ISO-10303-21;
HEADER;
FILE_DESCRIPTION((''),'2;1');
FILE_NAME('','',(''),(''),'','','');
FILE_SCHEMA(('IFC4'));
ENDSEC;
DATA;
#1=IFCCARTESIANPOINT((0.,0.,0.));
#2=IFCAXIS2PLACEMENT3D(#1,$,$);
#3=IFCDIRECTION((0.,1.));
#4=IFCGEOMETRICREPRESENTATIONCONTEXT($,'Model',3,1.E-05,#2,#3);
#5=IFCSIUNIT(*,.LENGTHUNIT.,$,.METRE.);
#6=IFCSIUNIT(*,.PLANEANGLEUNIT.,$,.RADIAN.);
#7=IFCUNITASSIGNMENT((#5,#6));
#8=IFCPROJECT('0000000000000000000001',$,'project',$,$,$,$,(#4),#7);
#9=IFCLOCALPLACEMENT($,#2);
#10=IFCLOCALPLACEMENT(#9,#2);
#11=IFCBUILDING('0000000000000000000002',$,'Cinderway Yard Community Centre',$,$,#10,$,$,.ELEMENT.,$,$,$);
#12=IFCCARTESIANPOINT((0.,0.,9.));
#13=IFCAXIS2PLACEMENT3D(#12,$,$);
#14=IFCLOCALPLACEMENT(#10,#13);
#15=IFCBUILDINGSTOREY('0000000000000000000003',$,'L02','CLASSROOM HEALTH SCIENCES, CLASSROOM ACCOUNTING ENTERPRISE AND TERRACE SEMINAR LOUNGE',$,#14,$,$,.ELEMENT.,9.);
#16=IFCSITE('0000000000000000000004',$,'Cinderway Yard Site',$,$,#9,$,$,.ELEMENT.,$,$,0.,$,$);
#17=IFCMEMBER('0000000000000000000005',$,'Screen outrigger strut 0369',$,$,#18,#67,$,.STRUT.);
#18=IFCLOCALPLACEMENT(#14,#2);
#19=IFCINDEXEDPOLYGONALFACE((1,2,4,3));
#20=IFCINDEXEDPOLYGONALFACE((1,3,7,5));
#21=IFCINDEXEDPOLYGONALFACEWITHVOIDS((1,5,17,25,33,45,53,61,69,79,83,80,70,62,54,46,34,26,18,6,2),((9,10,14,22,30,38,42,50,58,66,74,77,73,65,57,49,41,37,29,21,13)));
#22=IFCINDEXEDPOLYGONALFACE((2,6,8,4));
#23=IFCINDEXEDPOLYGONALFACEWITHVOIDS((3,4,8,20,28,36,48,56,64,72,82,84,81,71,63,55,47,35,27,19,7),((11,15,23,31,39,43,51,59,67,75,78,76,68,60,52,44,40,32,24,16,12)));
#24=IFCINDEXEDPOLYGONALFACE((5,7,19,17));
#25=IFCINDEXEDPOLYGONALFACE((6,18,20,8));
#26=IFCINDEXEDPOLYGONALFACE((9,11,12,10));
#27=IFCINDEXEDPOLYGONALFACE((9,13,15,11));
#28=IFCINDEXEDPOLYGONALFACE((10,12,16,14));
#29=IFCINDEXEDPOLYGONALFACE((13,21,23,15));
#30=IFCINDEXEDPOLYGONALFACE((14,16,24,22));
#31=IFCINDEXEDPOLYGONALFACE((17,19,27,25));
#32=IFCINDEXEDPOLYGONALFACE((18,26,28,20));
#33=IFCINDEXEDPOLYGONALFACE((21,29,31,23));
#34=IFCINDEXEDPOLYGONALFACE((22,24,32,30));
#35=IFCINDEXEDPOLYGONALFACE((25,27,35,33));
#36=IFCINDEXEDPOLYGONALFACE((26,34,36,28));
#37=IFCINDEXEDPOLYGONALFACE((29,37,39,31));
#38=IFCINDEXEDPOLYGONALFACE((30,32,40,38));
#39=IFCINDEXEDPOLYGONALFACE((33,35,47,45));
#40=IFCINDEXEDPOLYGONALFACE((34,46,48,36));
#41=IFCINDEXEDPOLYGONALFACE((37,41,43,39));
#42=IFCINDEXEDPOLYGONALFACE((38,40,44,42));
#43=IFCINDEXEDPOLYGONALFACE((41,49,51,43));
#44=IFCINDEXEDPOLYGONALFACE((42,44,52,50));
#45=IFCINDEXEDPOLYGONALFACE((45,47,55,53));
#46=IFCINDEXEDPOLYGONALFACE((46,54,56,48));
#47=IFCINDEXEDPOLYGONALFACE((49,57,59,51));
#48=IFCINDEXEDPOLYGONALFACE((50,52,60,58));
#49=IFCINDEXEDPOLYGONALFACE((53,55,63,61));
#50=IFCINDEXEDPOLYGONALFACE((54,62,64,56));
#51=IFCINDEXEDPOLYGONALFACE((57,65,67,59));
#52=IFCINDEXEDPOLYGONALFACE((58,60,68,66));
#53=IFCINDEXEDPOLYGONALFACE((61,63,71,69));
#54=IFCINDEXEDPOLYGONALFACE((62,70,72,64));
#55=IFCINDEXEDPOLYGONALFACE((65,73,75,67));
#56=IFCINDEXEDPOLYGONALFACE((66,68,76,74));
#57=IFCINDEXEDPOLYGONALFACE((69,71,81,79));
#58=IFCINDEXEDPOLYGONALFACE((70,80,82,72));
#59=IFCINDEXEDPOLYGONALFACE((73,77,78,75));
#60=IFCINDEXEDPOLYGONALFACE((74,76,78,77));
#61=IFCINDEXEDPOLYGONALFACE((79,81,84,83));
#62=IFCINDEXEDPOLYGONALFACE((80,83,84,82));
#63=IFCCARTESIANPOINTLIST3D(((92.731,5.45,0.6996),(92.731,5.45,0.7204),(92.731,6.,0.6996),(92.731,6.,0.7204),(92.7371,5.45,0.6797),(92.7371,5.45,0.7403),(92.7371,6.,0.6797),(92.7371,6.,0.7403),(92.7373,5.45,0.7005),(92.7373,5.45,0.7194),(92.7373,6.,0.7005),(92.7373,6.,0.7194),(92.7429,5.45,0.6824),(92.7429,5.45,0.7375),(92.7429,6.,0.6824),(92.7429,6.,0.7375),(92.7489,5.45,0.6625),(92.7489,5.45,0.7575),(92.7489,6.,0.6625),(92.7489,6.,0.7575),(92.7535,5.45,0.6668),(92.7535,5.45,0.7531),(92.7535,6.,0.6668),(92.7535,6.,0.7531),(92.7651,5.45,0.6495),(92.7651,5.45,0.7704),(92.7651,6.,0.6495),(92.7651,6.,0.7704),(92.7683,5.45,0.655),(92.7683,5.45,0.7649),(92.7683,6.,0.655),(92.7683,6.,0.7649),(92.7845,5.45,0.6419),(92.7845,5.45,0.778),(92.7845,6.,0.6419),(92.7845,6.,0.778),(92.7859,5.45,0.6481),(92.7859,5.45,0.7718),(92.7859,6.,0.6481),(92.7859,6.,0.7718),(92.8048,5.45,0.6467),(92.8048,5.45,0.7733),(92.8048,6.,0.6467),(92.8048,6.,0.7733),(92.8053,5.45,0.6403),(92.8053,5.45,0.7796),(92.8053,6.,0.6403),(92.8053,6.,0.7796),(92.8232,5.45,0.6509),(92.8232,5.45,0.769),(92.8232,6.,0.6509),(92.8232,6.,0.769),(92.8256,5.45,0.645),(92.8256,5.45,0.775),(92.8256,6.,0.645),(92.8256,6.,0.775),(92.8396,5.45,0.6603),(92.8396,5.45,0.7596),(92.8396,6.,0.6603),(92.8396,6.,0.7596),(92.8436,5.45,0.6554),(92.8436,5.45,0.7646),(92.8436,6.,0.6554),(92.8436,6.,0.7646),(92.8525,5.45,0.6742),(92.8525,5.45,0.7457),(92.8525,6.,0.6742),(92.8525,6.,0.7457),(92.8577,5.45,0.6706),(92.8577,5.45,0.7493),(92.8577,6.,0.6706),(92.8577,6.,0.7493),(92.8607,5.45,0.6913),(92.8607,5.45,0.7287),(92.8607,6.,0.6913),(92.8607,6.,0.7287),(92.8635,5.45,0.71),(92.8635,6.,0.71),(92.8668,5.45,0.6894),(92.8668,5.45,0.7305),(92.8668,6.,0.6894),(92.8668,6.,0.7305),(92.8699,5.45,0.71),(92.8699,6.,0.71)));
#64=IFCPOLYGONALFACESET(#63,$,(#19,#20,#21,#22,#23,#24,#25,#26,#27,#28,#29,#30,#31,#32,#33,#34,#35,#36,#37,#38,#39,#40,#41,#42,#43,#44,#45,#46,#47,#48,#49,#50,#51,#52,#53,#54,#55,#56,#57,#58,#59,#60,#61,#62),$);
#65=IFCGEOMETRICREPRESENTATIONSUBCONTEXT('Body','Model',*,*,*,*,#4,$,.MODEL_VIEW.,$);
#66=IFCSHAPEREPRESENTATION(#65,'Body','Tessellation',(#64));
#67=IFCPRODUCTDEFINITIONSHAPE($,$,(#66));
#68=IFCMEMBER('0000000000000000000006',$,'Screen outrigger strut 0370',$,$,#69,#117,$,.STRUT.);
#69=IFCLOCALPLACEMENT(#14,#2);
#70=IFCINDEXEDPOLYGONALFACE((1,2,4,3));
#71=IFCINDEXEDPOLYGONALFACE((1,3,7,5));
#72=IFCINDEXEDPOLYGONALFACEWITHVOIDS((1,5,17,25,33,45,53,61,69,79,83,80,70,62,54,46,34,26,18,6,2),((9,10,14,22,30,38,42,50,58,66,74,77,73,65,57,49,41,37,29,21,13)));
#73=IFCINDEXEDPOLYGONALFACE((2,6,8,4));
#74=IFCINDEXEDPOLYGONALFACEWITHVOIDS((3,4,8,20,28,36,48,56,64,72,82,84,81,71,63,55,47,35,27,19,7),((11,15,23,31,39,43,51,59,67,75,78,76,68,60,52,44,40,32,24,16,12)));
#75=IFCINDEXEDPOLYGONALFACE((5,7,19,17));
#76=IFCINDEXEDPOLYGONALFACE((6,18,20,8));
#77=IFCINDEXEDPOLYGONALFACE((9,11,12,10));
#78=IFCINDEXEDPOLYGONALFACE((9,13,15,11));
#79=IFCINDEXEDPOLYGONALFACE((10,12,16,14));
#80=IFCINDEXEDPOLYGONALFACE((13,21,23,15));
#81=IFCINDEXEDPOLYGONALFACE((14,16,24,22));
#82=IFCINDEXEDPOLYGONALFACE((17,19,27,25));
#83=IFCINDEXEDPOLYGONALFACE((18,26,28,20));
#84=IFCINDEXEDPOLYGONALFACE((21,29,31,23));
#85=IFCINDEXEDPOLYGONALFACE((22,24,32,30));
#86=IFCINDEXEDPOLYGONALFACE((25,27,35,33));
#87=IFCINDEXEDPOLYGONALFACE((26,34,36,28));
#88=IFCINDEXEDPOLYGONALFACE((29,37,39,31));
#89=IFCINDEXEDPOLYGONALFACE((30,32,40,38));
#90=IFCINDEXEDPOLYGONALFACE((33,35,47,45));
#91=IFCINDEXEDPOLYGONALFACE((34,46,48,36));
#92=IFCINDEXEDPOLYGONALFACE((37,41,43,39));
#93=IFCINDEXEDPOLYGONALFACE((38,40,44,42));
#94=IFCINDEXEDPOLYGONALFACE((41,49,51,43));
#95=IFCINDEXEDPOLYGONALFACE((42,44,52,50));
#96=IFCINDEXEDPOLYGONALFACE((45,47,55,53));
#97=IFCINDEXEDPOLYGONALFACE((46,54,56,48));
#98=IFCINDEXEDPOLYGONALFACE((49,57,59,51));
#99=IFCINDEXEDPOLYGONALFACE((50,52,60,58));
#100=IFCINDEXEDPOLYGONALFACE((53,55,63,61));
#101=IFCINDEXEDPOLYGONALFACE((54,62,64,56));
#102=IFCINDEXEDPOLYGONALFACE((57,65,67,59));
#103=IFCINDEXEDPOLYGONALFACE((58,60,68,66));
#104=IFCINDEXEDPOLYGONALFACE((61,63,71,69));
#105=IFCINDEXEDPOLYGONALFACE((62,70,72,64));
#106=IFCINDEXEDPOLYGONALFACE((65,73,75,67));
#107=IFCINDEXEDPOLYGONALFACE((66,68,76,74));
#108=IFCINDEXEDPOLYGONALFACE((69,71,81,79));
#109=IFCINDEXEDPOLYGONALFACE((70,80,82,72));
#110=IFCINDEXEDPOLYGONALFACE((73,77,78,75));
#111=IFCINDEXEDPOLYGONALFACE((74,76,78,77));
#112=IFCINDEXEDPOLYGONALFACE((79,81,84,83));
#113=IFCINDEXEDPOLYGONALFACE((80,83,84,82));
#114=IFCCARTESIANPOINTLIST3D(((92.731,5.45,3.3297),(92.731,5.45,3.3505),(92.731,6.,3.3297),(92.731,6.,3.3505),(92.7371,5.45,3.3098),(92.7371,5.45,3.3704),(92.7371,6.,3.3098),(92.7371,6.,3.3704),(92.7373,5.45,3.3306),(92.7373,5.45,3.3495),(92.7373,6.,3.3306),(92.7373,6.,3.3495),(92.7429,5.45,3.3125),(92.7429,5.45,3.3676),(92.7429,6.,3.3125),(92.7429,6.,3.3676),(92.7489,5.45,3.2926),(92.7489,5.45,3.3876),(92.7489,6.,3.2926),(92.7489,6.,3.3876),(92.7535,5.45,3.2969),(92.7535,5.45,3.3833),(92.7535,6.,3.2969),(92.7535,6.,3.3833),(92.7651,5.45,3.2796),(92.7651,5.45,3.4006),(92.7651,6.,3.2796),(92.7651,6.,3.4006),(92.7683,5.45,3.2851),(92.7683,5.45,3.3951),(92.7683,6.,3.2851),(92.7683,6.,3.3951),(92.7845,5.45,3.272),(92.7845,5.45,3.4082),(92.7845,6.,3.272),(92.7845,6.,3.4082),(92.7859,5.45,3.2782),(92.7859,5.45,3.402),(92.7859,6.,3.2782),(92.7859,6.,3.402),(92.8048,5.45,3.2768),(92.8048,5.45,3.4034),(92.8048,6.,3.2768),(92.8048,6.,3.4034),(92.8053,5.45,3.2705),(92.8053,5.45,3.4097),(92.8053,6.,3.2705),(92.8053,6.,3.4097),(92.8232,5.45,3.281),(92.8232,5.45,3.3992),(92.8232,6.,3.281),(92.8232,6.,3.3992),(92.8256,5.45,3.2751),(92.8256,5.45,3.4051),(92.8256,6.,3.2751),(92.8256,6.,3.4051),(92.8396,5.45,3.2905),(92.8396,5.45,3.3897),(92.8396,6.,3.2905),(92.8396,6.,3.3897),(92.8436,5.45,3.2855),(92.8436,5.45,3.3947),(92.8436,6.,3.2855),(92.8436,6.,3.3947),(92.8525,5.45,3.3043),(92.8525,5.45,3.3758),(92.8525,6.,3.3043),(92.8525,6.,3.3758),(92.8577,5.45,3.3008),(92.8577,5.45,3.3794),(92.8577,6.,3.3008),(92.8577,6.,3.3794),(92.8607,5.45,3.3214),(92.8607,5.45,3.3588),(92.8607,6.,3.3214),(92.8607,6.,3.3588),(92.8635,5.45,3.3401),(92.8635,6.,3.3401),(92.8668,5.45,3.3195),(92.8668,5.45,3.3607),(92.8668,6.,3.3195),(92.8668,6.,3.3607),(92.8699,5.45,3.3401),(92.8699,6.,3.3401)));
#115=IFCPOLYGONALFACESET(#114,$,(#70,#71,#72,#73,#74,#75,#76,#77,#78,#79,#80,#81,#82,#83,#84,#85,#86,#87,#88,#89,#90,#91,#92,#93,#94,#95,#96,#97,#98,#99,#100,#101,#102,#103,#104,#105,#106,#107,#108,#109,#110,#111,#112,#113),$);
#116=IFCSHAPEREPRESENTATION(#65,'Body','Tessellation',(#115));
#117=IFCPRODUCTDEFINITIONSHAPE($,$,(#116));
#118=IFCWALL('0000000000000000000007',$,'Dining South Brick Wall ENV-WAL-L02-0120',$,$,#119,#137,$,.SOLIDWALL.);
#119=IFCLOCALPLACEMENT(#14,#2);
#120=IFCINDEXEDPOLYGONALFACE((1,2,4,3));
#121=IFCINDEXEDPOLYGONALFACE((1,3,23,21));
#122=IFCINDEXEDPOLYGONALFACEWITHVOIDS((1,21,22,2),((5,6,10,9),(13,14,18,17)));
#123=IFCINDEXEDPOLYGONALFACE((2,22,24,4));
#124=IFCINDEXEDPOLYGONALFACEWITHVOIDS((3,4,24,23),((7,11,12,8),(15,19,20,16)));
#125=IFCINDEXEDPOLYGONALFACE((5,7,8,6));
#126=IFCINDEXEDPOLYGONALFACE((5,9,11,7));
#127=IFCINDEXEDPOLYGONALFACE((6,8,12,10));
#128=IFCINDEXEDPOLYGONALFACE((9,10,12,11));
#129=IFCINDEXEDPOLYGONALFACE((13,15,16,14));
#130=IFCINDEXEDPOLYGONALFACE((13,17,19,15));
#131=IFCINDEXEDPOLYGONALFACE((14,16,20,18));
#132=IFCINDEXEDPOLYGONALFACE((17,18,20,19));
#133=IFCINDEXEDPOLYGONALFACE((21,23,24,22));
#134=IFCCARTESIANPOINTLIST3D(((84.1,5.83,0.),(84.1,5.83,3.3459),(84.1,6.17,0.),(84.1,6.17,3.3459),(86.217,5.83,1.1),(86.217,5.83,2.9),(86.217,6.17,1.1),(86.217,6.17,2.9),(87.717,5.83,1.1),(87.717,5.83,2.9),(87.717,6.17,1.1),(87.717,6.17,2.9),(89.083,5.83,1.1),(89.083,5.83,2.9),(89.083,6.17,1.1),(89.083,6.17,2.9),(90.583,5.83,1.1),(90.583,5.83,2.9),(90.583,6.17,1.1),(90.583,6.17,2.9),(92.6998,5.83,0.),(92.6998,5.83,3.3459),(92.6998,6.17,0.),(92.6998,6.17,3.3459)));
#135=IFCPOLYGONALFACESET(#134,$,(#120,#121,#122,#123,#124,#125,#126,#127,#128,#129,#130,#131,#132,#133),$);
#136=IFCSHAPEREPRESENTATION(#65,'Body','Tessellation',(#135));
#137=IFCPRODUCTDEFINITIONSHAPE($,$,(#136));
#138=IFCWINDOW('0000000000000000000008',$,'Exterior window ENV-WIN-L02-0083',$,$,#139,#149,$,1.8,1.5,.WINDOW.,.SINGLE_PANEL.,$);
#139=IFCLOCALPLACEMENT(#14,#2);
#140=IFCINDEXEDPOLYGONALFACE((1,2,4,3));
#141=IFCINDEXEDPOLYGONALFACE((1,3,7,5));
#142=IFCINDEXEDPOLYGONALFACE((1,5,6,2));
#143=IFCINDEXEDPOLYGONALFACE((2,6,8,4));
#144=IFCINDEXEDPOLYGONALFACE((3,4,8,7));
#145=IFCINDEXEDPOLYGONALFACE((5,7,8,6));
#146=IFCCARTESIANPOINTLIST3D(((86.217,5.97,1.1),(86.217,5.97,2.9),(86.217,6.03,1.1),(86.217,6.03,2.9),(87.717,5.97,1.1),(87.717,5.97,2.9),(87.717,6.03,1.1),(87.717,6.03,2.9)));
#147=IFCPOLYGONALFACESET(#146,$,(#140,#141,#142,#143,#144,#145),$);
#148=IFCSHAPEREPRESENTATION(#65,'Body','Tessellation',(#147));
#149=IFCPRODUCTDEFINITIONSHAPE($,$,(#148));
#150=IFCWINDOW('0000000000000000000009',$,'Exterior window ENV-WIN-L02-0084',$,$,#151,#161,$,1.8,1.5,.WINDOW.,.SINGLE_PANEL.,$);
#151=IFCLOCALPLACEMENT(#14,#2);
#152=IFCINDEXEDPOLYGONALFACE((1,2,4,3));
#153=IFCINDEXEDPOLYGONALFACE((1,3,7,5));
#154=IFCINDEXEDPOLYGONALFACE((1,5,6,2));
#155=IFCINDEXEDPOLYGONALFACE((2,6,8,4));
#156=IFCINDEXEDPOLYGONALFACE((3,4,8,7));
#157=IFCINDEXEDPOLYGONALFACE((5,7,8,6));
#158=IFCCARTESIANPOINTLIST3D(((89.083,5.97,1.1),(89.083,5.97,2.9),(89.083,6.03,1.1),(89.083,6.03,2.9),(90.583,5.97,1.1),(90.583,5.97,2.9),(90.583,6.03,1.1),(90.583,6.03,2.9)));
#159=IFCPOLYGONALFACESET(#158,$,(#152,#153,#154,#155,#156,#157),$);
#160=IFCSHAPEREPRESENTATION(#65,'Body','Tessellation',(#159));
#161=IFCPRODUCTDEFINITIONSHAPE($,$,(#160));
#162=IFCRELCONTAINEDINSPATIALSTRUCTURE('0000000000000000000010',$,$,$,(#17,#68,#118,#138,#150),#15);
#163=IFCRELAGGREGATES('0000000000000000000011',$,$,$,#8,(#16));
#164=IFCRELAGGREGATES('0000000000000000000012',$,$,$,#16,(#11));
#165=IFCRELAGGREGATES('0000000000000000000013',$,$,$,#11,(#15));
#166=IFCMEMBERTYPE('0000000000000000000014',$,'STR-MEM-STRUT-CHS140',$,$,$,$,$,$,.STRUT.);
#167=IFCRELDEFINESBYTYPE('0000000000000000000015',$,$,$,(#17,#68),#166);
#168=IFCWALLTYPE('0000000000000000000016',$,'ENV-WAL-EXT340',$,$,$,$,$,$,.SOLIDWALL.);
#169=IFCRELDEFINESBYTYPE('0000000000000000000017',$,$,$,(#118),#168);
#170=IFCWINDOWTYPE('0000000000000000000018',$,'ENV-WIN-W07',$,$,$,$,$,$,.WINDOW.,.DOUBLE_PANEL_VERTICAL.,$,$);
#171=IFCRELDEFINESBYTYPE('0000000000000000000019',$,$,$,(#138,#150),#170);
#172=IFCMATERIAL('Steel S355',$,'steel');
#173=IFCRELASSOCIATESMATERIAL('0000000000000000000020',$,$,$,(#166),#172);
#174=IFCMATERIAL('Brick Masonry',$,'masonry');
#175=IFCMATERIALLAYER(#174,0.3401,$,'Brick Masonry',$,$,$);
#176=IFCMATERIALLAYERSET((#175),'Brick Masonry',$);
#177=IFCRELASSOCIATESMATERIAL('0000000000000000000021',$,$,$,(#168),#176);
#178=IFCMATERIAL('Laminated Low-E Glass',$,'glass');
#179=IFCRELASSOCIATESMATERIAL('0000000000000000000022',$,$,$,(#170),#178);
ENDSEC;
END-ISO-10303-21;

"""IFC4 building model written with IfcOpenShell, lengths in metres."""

from ifc_helpers import new_model, si_unit, direction, frame, frame_2d, origin, origin_2d, place, context, subcontext, project, spatial, rectangle, hollow_circle, extrude, material, layer, layer_set, material_profile, profile_set, type_object, element, fill, save


model = new_model("IFC4")

# Units and contexts
model_context = context("Model", 3, precision=1e-05, world=origin(), true_north=direction((0.0, 1.0)))
body_context = subcontext(model_context, "Body", "Model", "MODEL_VIEW")
ifc_project = project(units=[si_unit("LENGTHUNIT", "METRE"), si_unit("PLANEANGLEUNIT", "RADIAN")], contexts=[model_context])

# Site, building, storey
site_placement = place(None, origin())
site = spatial("IfcSite", under=ifc_project, at=site_placement, Name="Cinderway Yard Site", CompositionType="ELEMENT", RefElevation=0.0)
building_placement = place(site_placement, origin())
building = spatial("IfcBuilding", under=site, at=building_placement, Name="Cinderway Yard Community Centre", CompositionType="ELEMENT")
storey_placement = place(building_placement, frame((0.0, 0.0, 9.0)))
storey = spatial("IfcBuildingStorey", under=building, at=storey_placement, Name="L02", Description="CLASSROOM HEALTH SCIENCES, CLASSROOM ACCOUNTING ENTERPRISE AND TERRACE SEMINAR LOUNGE", CompositionType="ELEMENT", Elevation=9.0)

# Members
ifc_material_1 = material(Name="Steel S355", Category="steel")
ifc_material_profile_1 = material_profile(ifc_material_1, hollow_circle(Radius=0.0698, WallThickness=0.0063, at=origin_2d()), Name="Steel S355")
ifc_profile_set_1 = profile_set([ifc_material_profile_1], Name="Steel S355")
member_type = type_object("IfcMemberType", Name="STR-MEM-STRUT-CHS140", PredefinedType="STRUT", material=ifc_profile_set_1)
for number, where, z_axis, x_axis, name in (
    (1, (92.8, 6.0, 0.71), (0.0, -1.0, 0.0), (1.0, 0.0, 0.0), "Screen outrigger strut 0369"),
    (2, (92.8, 6.0, 3.3401), (0.0, -1.0, 0.0), (1.0, 0.0, 0.0), "Screen outrigger strut 0370"),
):
    element("IfcMember", number, at=place(storey_placement, frame(where, z_axis=z_axis, x_axis=x_axis)), inside=storey, type_object=member_type, Name=name, PredefinedType="STRUT", context=body_context, shape_type="SweptSolid", body=[
        extrude(hollow_circle(Radius=0.0698, WallThickness=0.0063, at=origin_2d()), origin(), (0.0, 0.0, 1.0), 0.55),
    ])

# Wall, openings, windows
ifc_material_2 = material(Name="Brick Masonry", Category="masonry")
ifc_layer = layer(ifc_material_2, 0.3401, Name="Brick Masonry")
ifc_layer_set = layer_set([ifc_layer], Name="Brick Masonry")
wall_type = type_object("IfcWallType", Name="ENV-WAL-EXT340", PredefinedType="SOLIDWALL", material=ifc_layer_set)
wall_1_placement = place(storey_placement, frame((84.1001, 6.0, 0.0), z_axis=(0.0, 0.0, 1.0), x_axis=(1.0, 0.0, 0.0)))
wall_1 = element("IfcWall", 3, at=wall_1_placement, inside=storey, type_object=wall_type, Name="Dining South Brick Wall ENV-WAL-L02-0120", PredefinedType="SOLIDWALL", context=body_context, shape_type="SweptSolid", body=[
    extrude(rectangle(XDim=8.5999, YDim=0.3401, at=frame_2d((4.2998, 0.0))), origin(), (0.0, 0.0, 1.0), 3.3459),
])
opening_1_placement = place(wall_1_placement, frame((2.1169, 0.0, 1.1001)))
opening_1 = element("IfcOpeningElement", 4, at=opening_1_placement, cuts=wall_1, PredefinedType="OPENING", context=body_context, shape_type="SweptSolid", body=[
    extrude(rectangle(XDim=1.5, YDim=1.8, at=frame_2d((0.75, 0.8999))), frame((0.0, 0.1799, 0.0), z_axis=(0.0, -1.0, 0.0), x_axis=(1.0, 0.0, 0.0)), (0.0, 0.0, 1.0), 0.3601),
])
opening_2_placement = place(wall_1_placement, frame((4.9829, 0.0, 1.1001)))
opening_2 = element("IfcOpeningElement", 5, at=opening_2_placement, cuts=wall_1, PredefinedType="OPENING", context=body_context, shape_type="SweptSolid", body=[
    extrude(rectangle(XDim=1.5, YDim=1.8, at=frame_2d((0.75, 0.8999))), frame((0.0, 0.1799, 0.0), z_axis=(0.0, -1.0, 0.0), x_axis=(1.0, 0.0, 0.0)), (0.0, 0.0, 1.0), 0.3601),
])
ifc_material_3 = material(Name="Laminated Low-E Glass", Category="glass")
window_type_1 = type_object("IfcWindowType", Name="ENV-WIN-W07", PartitioningType="DOUBLE_PANEL_VERTICAL", PredefinedType="WINDOW", material=ifc_material_3)
window_1_placement = place(opening_1_placement, origin())
window_1 = element("IfcWindow", 6, at=window_1_placement, inside=storey, type_object=window_type_1, Name="Exterior window ENV-WIN-L02-0083", OverallHeight=1.8, OverallWidth=1.5, PartitioningType="SINGLE_PANEL", PredefinedType="WINDOW", context=body_context, shape_type="SweptSolid", body=[
    extrude(rectangle(XDim=1.5, YDim=1.8, at=frame_2d((0.75, 0.8999))), frame((0.0, 0.03, 0.0), z_axis=(0.0, -1.0, 0.0), x_axis=(1.0, 0.0, 0.0)), (0.0, 0.0, 1.0), 0.0601),
])
fill(opening_1, window_1)
window_2_placement = place(opening_2_placement, origin())
window_2 = element("IfcWindow", 7, at=window_2_placement, inside=storey, type_object=window_type_1, Name="Exterior window ENV-WIN-L02-0084", OverallHeight=1.8, OverallWidth=1.5, PartitioningType="SINGLE_PANEL", PredefinedType="WINDOW", context=body_context, shape_type="SweptSolid", body=[
    extrude(rectangle(XDim=1.5, YDim=1.8, at=frame_2d((0.75, 0.8999))), frame((0.0, 0.03, 0.0), z_axis=(0.0, -1.0, 0.0), x_axis=(1.0, 0.0, 0.0)), (0.0, 0.0, 1.0), 0.0601),
])
fill(opening_2, window_2)

save(model, "model.ifc")
